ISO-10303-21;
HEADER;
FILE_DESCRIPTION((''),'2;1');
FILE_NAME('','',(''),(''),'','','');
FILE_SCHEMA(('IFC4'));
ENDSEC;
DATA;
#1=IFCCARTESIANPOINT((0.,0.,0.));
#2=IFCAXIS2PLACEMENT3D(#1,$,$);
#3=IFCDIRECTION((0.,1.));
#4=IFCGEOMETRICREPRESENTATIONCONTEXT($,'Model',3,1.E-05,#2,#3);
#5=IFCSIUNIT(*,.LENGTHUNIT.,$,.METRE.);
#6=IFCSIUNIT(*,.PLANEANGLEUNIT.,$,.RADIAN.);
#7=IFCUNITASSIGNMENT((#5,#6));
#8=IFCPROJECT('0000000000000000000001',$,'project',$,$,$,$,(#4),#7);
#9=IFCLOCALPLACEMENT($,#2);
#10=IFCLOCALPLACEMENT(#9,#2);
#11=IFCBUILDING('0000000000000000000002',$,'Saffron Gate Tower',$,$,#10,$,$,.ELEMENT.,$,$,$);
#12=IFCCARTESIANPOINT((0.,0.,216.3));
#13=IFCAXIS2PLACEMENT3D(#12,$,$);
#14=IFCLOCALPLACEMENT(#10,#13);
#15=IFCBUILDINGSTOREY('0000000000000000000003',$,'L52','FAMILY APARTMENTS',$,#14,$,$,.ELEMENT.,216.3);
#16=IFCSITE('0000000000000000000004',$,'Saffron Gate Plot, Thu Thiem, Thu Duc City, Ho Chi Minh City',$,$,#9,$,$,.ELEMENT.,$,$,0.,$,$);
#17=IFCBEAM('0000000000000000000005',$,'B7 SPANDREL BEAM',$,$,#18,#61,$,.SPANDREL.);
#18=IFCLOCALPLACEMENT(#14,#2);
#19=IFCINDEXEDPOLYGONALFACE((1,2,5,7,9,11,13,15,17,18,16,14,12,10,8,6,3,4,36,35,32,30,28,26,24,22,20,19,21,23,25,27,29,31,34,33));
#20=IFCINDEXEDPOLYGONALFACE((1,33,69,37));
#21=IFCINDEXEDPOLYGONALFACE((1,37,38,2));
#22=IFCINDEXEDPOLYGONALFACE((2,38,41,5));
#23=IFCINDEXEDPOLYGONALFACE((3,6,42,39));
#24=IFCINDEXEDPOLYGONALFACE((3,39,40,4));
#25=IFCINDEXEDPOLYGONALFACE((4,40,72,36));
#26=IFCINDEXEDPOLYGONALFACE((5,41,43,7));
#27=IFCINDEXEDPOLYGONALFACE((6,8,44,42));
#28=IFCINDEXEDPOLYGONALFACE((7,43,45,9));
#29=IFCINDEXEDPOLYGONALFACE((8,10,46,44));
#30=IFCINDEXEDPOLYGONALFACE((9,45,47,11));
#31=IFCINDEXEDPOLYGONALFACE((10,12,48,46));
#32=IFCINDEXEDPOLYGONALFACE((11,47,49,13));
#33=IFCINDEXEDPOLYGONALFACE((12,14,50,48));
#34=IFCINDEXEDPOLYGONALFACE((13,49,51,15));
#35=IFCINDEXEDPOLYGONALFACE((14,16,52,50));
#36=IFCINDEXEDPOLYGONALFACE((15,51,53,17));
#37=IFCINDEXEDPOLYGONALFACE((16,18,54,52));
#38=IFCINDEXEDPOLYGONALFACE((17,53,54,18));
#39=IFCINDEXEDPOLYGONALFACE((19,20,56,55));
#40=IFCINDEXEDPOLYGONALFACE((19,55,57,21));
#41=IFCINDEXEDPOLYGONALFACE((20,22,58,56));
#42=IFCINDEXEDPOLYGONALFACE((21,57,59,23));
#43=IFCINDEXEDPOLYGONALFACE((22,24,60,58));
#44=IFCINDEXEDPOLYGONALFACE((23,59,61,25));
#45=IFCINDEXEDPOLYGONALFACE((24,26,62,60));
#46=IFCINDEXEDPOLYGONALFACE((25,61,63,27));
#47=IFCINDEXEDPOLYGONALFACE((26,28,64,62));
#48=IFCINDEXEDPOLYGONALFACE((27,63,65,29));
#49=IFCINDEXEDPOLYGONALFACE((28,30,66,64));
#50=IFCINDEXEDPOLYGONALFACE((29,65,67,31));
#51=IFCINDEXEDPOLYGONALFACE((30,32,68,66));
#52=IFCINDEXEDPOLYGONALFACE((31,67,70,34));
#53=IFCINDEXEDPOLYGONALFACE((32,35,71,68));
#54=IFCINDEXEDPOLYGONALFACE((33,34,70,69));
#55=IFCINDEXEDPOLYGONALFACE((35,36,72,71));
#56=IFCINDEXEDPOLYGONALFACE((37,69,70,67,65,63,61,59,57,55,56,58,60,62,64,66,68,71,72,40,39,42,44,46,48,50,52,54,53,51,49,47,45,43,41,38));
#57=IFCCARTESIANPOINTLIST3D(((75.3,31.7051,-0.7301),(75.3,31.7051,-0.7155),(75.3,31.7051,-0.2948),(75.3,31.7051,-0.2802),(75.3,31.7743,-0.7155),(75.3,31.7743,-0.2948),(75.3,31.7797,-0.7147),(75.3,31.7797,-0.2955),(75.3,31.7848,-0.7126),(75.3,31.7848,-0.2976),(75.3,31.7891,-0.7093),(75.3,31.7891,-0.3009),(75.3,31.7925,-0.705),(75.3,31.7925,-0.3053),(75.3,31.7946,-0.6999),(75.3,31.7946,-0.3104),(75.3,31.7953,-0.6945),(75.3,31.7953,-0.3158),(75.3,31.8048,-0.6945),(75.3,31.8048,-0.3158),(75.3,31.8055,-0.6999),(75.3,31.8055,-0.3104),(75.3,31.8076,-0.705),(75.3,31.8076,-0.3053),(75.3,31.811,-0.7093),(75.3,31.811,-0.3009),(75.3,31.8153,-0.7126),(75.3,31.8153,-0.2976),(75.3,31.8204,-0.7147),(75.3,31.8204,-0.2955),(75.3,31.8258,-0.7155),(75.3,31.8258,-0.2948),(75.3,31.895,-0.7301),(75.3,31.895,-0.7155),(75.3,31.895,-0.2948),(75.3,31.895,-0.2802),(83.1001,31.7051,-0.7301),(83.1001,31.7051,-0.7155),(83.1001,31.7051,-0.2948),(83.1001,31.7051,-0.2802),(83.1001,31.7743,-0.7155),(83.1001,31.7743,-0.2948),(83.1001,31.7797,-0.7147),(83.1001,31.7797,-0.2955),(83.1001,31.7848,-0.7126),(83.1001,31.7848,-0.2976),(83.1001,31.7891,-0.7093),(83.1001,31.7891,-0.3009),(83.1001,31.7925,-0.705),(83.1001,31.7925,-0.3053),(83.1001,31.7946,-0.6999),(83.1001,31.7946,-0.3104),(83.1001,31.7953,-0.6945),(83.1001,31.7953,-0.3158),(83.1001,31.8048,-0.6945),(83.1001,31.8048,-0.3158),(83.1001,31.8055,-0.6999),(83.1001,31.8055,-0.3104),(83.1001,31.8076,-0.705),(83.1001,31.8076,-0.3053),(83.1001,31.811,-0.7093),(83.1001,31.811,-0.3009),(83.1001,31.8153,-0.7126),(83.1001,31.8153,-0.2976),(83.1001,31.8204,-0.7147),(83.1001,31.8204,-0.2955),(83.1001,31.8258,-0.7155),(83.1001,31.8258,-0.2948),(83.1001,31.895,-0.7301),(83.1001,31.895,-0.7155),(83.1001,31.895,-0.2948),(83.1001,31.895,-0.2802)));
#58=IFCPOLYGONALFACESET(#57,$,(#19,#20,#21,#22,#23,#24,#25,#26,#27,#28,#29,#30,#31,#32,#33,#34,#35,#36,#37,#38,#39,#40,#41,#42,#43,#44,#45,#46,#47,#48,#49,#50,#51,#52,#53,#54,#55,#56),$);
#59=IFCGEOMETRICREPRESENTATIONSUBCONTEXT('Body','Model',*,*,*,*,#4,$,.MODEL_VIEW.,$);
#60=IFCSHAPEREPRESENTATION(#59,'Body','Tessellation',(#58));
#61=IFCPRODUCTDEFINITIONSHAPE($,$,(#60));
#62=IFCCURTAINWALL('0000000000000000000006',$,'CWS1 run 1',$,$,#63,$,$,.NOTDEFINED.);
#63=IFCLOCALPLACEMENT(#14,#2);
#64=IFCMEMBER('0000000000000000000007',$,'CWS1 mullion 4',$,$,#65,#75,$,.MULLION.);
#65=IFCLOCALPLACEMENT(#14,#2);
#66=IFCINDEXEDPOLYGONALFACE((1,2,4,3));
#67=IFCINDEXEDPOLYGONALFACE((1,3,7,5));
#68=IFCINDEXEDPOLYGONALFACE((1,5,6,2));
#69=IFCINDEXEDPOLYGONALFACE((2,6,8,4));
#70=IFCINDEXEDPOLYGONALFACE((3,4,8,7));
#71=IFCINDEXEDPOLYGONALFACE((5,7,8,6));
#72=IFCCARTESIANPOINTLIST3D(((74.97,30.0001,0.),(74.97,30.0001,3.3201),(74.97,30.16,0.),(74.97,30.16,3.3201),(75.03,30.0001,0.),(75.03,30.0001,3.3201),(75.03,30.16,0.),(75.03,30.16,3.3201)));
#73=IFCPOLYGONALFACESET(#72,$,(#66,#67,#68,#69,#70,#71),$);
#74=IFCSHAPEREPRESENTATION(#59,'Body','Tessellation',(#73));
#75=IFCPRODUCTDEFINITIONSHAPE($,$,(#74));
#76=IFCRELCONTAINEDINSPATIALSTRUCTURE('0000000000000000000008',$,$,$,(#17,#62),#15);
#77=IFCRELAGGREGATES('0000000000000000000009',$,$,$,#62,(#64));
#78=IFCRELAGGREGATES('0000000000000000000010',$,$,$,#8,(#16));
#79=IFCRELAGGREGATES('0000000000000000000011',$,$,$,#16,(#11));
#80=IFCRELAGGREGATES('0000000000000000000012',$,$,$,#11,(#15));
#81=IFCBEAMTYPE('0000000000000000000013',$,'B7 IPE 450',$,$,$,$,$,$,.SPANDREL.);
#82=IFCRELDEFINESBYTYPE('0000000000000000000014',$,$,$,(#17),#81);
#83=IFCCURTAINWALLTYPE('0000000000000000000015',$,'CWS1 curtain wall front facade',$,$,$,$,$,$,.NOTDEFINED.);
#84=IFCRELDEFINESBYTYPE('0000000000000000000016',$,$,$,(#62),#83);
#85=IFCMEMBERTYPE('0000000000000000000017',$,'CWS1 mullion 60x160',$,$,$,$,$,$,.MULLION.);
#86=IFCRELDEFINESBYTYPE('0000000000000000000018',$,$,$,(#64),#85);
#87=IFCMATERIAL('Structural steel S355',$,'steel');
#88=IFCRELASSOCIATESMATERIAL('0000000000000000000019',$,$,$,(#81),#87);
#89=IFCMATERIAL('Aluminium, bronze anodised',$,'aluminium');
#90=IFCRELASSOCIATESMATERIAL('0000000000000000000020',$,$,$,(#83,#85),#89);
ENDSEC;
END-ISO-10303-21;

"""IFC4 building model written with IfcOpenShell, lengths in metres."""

from ifc_helpers import new_model, si_unit, direction, frame, origin, origin_2d, place, context, subcontext, project, spatial, rectangle, i_section, extrude, material, material_profile, profile_set, type_object, element, aggregate, save


model = new_model("IFC4")

# Units and contexts
model_context = context("Model", 3, precision=1e-05, world=origin(), true_north=direction((0.0, 1.0)))
body_context = subcontext(model_context, "Body", "Model", "MODEL_VIEW")
ifc_project = project(units=[si_unit("LENGTHUNIT", "METRE"), si_unit("PLANEANGLEUNIT", "RADIAN")], contexts=[model_context])

# Site, building, storey
site_placement = place(None, origin())
site = spatial("IfcSite", under=ifc_project, at=site_placement, Name="Saffron Gate Plot, Thu Thiem, Thu Duc City, Ho Chi Minh City", CompositionType="ELEMENT", RefElevation=0.0)
building_placement = place(site_placement, origin())
building = spatial("IfcBuilding", under=site, at=building_placement, Name="Saffron Gate Tower", CompositionType="ELEMENT")
storey_placement = place(building_placement, frame((0.0, 0.0, 216.3)))
storey = spatial("IfcBuildingStorey", under=building, at=storey_placement, Name="L52", Description="FAMILY APARTMENTS", CompositionType="ELEMENT", Elevation=216.3)

# Beam
ifc_material_1 = material(Name="Structural steel S355", Category="steel")
ifc_material_profile_1 = material_profile(ifc_material_1, i_section(OverallWidth=0.1899, OverallDepth=0.45, WebThickness=0.0095, FlangeThickness=0.0146, FilletRadius=0.021, at=origin_2d()))
ifc_profile_set_1 = profile_set([ifc_material_profile_1], Name="Structural steel S355")
beam_type_1 = type_object("IfcBeamType", Name="B7 IPE 450", PredefinedType="SPANDREL", material=ifc_profile_set_1)
beam_1_placement = place(storey_placement, frame((75.3, 31.8, -0.5051), z_axis=(1.0, 0.0, 0.0), x_axis=(0.0, 1.0, 0.0)))
element("IfcBeam", 1, at=beam_1_placement, inside=storey, type_object=beam_type_1, Name="B7 SPANDREL BEAM", PredefinedType="SPANDREL", context=body_context, shape_type="SweptSolid", body=[
    extrude(i_section(OverallWidth=0.1899, OverallDepth=0.45, WebThickness=0.0095, FlangeThickness=0.0146, FilletRadius=0.021, at=origin_2d()), origin(), (0.0, 0.0, 1.0), 7.8),
])

# Curtain wall, member
ifc_material_2 = material(Name="Aluminium, bronze anodised", Category="aluminium")
curtain_wall_type = type_object("IfcCurtainWallType", Name="CWS1 curtain wall front facade", PredefinedType="NOTDEFINED", material=ifc_material_2)
curtain_wall_placement = place(storey_placement, origin())
curtain_wall = element("IfcCurtainWall", 2, at=curtain_wall_placement, inside=storey, type_object=curtain_wall_type, Name="CWS1 run 1", PredefinedType="NOTDEFINED")
ifc_material_profile_2 = material_profile(ifc_material_2, rectangle(XDim=0.1599, YDim=0.0601, at=origin_2d()))
ifc_profile_set_2 = profile_set([ifc_material_profile_2], Name="Aluminium, bronze anodised")
member_type = type_object("IfcMemberType", Name="CWS1 mullion 60x160", PredefinedType="MULLION", material=ifc_profile_set_2)
member_placement = place(storey_placement, frame((75.0, 30.0801, 0.0), z_axis=(0.0, 0.0, 1.0), x_axis=(0.0, 1.0, 0.0)))
member = element("IfcMember", 3, at=member_placement, type_object=member_type, Name="CWS1 mullion 4", PredefinedType="MULLION", context=body_context, shape_type="SweptSolid", body=[
    extrude(rectangle(XDim=0.1599, YDim=0.0601, at=origin_2d()), origin(), (0.0, 0.0, 1.0), 3.3201),
])
aggregate(curtain_wall, [member])

save(model, "model.ifc")
